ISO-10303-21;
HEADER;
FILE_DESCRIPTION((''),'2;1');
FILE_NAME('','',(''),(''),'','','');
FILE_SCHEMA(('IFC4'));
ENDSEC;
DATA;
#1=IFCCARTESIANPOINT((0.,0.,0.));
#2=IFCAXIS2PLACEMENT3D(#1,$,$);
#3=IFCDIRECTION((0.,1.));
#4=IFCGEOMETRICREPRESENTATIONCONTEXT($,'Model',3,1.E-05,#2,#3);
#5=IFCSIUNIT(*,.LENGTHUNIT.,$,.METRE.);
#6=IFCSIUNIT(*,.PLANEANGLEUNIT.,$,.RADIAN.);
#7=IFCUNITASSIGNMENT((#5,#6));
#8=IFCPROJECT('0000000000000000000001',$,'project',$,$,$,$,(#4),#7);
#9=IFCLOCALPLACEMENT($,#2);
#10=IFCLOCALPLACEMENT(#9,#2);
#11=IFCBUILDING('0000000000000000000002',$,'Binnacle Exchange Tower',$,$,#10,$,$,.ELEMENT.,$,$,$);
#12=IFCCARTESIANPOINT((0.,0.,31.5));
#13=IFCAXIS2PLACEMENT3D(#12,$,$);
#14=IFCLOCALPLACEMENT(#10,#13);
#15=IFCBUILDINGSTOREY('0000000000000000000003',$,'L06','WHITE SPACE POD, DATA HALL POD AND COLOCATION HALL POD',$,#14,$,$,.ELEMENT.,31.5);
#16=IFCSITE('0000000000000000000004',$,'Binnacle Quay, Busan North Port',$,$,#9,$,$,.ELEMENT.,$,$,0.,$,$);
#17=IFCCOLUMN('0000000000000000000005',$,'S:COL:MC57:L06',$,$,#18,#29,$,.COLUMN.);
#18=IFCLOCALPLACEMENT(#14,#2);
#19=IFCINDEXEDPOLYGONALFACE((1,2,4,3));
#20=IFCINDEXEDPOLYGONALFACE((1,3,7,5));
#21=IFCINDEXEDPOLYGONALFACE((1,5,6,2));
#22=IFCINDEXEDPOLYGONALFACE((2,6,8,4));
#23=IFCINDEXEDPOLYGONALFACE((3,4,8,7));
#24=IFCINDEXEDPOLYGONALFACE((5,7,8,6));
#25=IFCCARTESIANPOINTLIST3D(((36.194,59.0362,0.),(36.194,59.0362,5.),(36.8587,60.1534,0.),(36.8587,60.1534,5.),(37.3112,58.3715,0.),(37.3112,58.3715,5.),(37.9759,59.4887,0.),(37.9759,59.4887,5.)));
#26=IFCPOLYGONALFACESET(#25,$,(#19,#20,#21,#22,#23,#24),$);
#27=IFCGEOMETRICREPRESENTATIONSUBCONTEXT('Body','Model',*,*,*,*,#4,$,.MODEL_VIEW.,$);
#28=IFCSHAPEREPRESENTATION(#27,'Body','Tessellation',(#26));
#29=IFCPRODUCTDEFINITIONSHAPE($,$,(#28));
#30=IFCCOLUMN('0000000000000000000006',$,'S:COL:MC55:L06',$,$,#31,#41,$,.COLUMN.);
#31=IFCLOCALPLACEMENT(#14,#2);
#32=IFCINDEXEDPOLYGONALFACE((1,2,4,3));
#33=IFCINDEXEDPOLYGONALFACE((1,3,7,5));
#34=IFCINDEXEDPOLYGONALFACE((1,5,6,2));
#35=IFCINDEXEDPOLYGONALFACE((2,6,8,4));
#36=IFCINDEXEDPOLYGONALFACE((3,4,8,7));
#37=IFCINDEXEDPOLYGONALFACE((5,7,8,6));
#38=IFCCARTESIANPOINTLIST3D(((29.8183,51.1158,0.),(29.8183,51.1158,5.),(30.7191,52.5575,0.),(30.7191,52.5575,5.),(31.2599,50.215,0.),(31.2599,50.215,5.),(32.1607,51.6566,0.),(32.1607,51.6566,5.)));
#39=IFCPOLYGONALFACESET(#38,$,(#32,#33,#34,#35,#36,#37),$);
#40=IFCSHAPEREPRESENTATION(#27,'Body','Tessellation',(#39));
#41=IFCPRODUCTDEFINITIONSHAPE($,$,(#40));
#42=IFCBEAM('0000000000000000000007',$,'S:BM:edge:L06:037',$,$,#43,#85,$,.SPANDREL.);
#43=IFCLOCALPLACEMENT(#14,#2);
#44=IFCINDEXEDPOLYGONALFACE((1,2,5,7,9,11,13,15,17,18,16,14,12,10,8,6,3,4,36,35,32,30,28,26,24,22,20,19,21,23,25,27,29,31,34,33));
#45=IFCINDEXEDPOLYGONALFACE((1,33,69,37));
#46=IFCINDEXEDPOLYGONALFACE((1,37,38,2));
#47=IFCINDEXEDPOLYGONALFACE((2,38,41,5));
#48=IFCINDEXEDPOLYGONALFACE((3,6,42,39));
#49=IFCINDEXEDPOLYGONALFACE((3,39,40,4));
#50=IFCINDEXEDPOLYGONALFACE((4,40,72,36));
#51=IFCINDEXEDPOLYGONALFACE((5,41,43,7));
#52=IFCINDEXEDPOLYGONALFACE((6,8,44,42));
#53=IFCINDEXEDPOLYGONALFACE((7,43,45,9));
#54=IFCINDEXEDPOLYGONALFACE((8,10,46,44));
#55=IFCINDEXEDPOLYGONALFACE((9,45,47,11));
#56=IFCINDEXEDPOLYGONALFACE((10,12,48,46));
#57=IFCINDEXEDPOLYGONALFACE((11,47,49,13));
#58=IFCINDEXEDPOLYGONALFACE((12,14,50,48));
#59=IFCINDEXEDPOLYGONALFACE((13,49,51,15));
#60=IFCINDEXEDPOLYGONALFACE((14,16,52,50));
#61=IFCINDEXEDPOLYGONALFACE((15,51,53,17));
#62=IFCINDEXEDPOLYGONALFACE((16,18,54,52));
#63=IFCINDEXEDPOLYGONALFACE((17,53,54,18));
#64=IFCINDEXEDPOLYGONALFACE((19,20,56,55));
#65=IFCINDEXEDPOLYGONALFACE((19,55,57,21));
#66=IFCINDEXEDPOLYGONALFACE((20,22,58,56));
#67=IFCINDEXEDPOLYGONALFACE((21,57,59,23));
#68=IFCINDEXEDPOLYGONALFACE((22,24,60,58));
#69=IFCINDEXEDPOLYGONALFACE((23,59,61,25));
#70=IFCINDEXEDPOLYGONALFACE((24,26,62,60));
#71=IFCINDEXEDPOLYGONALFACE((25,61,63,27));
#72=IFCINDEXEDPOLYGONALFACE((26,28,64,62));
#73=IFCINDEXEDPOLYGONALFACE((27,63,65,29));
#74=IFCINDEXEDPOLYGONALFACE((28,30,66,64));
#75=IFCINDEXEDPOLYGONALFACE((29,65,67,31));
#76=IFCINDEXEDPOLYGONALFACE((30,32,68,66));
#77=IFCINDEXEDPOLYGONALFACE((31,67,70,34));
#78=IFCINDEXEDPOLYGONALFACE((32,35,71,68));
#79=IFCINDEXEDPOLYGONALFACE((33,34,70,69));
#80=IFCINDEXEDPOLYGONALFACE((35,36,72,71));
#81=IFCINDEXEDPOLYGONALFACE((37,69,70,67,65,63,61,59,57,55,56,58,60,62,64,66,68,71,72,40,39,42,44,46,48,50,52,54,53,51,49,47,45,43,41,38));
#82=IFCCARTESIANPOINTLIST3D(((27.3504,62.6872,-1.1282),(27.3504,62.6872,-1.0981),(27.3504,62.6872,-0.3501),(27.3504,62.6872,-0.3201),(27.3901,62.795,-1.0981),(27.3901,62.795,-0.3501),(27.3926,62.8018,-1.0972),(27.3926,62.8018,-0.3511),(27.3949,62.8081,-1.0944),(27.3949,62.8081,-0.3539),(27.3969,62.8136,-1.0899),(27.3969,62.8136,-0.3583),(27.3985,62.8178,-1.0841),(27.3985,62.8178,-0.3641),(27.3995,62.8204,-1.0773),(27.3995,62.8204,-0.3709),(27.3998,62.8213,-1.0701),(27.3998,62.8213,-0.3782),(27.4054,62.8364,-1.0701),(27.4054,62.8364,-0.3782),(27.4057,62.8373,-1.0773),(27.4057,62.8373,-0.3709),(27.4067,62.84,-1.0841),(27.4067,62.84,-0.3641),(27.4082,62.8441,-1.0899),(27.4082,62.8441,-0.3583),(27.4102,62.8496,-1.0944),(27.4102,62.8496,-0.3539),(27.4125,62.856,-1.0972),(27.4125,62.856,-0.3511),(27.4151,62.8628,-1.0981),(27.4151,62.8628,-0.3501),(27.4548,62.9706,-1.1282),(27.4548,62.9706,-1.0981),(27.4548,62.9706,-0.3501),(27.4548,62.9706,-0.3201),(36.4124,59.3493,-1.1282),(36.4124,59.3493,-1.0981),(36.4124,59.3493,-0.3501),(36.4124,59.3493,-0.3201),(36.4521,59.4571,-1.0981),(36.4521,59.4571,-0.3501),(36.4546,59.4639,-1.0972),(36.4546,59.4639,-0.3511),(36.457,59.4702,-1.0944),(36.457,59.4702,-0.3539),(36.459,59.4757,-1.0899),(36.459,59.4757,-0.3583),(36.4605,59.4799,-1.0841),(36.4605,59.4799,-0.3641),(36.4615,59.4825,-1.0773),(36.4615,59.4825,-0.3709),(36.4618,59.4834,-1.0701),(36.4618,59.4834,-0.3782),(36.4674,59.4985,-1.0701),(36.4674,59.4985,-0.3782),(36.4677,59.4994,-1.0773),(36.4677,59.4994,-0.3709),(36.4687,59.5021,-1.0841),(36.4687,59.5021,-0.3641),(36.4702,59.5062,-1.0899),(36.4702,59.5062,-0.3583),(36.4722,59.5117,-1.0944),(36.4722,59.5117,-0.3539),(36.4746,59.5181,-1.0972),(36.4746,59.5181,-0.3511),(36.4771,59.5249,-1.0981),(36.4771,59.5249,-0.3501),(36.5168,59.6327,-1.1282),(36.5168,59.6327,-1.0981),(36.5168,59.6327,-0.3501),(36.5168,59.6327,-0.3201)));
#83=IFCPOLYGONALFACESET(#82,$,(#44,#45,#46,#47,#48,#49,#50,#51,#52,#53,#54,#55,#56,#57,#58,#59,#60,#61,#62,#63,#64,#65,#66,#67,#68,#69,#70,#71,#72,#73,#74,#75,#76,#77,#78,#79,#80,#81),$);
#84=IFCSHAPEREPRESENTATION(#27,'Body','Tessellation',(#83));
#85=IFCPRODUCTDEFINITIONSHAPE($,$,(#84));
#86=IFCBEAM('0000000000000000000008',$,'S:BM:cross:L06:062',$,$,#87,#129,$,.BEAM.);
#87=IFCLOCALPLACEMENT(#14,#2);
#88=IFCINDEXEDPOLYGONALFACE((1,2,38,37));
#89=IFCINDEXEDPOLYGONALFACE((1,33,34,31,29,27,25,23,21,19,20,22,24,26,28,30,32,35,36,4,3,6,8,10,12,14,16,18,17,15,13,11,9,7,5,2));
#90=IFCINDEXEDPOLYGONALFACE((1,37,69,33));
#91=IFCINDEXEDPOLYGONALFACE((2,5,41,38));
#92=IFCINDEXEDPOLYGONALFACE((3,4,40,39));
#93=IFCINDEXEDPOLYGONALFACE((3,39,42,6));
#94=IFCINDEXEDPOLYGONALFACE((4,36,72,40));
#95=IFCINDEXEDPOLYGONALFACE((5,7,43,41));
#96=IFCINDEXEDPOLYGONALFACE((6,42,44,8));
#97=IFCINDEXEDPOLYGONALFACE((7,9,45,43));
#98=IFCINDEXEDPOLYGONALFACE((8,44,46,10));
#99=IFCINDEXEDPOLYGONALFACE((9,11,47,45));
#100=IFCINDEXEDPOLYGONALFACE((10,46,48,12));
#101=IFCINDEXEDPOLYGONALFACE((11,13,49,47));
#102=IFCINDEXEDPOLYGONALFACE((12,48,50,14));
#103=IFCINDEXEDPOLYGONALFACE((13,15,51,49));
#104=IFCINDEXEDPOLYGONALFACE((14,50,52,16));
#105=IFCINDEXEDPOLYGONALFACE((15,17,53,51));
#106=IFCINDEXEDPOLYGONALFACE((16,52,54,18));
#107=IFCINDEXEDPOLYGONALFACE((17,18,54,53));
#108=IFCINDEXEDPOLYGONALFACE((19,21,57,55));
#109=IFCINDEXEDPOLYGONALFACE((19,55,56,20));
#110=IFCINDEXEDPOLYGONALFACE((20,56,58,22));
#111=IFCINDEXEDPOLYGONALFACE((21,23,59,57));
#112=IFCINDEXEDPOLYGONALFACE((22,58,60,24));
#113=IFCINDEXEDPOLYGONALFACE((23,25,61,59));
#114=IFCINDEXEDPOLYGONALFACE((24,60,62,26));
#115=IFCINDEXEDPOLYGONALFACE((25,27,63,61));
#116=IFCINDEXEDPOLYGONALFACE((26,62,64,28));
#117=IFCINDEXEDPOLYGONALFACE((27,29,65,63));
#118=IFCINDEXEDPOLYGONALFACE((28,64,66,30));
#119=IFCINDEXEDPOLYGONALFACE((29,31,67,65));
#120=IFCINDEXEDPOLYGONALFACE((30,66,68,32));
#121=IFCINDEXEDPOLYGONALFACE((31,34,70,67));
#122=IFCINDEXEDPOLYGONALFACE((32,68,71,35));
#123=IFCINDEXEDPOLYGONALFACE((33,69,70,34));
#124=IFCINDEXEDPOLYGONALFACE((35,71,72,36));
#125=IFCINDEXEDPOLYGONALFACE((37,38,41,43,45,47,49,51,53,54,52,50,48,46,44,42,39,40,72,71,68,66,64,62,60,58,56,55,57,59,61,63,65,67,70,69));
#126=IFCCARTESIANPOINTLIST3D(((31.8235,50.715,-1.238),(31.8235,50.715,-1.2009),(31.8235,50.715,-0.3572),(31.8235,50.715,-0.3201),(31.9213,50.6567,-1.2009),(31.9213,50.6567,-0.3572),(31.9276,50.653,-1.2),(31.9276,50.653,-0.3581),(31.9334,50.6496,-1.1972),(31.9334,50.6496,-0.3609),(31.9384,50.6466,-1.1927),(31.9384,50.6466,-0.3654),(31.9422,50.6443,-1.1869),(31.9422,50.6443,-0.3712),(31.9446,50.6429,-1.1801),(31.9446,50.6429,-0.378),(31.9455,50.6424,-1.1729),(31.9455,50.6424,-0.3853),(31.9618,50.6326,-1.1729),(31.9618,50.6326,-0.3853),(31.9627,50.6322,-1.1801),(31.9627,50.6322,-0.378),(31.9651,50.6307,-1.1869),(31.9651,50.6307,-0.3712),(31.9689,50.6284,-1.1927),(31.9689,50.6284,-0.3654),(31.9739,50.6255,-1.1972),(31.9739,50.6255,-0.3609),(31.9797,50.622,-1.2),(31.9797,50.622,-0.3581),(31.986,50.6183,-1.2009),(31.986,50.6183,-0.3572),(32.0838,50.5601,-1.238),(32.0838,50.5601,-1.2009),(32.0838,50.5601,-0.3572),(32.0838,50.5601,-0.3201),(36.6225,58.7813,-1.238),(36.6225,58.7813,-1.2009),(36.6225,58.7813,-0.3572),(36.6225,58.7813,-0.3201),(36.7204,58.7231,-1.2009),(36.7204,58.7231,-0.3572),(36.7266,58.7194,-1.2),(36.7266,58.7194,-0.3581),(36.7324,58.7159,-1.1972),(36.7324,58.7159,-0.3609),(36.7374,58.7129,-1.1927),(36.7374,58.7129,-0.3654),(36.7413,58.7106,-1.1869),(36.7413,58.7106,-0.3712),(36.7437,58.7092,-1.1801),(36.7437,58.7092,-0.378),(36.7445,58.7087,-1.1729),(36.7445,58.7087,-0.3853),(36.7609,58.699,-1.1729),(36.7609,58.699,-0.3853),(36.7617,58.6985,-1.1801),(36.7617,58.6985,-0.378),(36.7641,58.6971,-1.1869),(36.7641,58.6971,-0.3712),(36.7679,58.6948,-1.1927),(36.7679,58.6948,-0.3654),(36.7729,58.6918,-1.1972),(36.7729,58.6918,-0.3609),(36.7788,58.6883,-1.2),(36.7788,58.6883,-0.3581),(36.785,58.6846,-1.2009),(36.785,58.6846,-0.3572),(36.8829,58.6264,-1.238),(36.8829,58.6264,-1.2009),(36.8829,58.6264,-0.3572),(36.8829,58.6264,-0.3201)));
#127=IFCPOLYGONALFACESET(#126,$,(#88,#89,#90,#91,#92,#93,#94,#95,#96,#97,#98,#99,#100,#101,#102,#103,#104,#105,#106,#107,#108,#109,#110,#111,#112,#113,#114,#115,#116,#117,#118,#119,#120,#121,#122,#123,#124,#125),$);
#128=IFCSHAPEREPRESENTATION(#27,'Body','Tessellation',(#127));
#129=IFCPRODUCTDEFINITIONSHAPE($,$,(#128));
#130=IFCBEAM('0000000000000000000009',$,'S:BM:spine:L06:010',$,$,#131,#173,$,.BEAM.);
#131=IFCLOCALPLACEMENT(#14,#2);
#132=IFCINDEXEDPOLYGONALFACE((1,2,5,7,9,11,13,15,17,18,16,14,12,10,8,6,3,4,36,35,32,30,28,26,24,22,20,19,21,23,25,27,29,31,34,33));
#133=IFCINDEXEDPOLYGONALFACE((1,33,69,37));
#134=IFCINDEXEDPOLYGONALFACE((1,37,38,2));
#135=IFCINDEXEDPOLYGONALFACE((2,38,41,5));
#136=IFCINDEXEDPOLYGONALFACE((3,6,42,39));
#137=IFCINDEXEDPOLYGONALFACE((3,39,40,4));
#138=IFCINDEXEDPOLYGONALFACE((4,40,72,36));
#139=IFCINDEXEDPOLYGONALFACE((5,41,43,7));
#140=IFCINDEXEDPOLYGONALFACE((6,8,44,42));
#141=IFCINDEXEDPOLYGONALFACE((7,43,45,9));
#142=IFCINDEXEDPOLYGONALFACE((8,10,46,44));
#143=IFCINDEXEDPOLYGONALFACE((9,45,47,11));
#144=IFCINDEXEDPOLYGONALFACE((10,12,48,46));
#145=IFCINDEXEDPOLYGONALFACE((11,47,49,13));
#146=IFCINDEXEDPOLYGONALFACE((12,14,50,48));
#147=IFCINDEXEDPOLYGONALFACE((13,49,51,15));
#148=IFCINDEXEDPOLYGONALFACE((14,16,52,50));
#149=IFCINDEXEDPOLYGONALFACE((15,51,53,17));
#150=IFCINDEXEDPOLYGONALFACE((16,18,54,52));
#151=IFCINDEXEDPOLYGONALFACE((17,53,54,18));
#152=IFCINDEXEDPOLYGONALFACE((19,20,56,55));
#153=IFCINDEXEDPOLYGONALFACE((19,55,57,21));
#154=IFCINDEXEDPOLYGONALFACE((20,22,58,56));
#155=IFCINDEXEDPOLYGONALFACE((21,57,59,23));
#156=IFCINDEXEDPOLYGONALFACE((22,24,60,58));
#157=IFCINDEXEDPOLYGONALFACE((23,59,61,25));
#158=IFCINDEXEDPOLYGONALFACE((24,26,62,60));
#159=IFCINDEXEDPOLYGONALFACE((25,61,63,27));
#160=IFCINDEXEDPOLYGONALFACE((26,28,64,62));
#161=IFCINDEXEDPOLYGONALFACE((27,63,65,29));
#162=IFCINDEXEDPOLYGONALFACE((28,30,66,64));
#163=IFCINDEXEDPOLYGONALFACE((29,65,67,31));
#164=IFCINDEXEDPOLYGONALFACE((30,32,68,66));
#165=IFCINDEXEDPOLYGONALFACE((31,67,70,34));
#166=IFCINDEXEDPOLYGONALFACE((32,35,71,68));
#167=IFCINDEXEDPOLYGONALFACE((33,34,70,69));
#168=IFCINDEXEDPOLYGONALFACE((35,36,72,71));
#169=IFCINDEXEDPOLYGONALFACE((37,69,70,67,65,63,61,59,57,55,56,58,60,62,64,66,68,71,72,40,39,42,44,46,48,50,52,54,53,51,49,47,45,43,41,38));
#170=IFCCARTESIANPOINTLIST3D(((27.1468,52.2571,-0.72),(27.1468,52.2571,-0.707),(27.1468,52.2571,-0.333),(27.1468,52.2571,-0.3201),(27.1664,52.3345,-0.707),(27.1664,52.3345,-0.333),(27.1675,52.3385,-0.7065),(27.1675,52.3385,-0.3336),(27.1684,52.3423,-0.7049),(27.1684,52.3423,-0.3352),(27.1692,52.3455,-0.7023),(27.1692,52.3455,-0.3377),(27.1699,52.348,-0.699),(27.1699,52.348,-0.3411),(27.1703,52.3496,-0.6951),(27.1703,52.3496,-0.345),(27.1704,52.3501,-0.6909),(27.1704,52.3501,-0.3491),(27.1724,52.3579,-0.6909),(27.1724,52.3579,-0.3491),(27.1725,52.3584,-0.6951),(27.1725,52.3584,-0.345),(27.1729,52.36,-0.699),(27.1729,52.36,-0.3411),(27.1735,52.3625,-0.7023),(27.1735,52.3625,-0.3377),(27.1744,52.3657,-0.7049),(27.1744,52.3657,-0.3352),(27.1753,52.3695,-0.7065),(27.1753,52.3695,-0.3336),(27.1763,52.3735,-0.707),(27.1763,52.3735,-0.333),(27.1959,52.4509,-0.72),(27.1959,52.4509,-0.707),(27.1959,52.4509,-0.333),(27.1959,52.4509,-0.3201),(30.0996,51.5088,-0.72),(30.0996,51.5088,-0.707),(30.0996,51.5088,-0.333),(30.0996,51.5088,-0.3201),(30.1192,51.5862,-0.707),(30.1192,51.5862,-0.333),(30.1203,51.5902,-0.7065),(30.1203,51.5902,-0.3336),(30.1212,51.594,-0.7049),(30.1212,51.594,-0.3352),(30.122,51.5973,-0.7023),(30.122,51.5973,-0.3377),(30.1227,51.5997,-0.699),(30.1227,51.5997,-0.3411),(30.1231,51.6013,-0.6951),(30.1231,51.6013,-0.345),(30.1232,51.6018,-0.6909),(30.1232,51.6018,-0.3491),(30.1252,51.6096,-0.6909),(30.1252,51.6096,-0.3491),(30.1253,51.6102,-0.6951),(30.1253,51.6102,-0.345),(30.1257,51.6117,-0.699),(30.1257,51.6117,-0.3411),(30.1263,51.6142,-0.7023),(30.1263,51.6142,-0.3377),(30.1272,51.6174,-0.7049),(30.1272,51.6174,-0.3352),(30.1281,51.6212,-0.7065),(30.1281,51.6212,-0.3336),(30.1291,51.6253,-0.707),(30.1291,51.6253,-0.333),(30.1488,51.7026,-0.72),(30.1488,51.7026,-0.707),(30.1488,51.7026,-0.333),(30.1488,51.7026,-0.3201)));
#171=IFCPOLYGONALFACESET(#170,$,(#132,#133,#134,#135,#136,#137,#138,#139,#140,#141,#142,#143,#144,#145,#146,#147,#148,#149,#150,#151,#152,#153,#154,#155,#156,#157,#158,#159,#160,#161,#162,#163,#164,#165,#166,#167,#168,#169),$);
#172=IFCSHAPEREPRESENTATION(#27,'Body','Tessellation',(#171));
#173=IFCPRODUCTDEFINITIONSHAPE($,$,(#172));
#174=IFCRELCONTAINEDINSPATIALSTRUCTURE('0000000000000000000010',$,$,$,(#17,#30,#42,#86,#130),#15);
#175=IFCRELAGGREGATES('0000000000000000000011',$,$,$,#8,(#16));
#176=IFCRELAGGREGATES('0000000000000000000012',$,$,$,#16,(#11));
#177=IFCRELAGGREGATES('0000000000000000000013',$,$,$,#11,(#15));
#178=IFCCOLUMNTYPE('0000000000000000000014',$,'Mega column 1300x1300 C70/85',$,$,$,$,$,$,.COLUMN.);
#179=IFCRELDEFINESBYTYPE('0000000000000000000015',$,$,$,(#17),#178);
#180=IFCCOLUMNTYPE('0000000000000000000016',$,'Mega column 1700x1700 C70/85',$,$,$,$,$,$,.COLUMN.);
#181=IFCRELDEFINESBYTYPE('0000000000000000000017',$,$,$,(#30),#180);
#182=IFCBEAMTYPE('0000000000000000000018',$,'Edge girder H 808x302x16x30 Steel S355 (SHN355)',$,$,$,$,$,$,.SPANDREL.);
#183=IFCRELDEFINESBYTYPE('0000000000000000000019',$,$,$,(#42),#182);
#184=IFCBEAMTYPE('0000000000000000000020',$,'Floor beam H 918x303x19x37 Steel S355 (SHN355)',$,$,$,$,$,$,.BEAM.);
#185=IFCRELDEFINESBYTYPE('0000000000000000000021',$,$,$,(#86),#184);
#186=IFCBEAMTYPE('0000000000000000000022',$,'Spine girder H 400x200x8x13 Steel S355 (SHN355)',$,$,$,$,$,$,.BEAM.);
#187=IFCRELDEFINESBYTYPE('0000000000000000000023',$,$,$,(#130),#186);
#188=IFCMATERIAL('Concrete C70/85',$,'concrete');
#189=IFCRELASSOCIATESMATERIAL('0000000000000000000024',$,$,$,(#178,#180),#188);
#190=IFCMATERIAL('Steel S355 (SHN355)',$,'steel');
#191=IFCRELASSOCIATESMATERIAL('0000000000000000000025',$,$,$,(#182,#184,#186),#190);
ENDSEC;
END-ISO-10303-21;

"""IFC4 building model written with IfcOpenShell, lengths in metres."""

from ifc_helpers import new_model, si_unit, direction, frame, origin, origin_2d, place, context, subcontext, project, spatial, rectangle, i_section, extrude, material, material_profile, profile_set, type_object, element, save


model = new_model("IFC4")

# Units and contexts
model_context = context("Model", 3, precision=1e-05, world=origin(), true_north=direction((0.0, 1.0)))
body_context = subcontext(model_context, "Body", "Model", "MODEL_VIEW")
ifc_project = project(units=[si_unit("LENGTHUNIT", "METRE"), si_unit("PLANEANGLEUNIT", "RADIAN")], contexts=[model_context])

# Site, building, storey
site_placement = place(None, origin())
site = spatial("IfcSite", under=ifc_project, at=site_placement, Name="Binnacle Quay, Busan North Port", CompositionType="ELEMENT", RefElevation=0.0)
building_placement = place(site_placement, origin())
building = spatial("IfcBuilding", under=site, at=building_placement, Name="Binnacle Exchange Tower", CompositionType="ELEMENT")
storey_placement = place(building_placement, frame((0.0, 0.0, 31.5)))
storey = spatial("IfcBuildingStorey", under=building, at=storey_placement, Name="L06", Description="WHITE SPACE POD, DATA HALL POD AND COLOCATION HALL POD", CompositionType="ELEMENT", Elevation=31.5)

# Columns
ifc_material_1 = material(Name="Concrete C70/85", Category="concrete")
ifc_material_profile_1 = material_profile(ifc_material_1, rectangle(XDim=1.3, YDim=1.3, at=origin_2d()), Name="Mega column 1300x1300 C70/85")
ifc_profile_set_1 = profile_set([ifc_material_profile_1], Name="Concrete C70/85")
column_type_1 = type_object("IfcColumnType", Name="Mega column 1300x1300 C70/85", PredefinedType="COLUMN", material=ifc_profile_set_1)
column_1_placement = place(storey_placement, frame((37.085, 59.2625, 0.0), z_axis=(0.0, 0.0, 1.0), x_axis=(-0.859406, 0.511293, 0.0)))
element("IfcColumn", 1, at=column_1_placement, inside=storey, type_object=column_type_1, Name="S:COL:MC57:L06", PredefinedType="COLUMN", context=body_context, shape_type="SweptSolid", body=[
    extrude(rectangle(XDim=1.3, YDim=1.3, at=origin_2d()), origin(), (0.0, 0.0, 1.0), 5.0),
])
ifc_material_profile_2 = material_profile(ifc_material_1, rectangle(XDim=1.7, YDim=1.7, at=origin_2d()), Name="Mega column 1700x1700 C70/85")
ifc_profile_set_2 = profile_set([ifc_material_profile_2], Name="Concrete C70/85")
column_type_2 = type_object("IfcColumnType", Name="Mega column 1700x1700 C70/85", PredefinedType="COLUMN", material=ifc_profile_set_2)
column_2_placement = place(storey_placement, frame((30.9895, 51.3862, 0.0), z_axis=(0.0, 0.0, 1.0), x_axis=(0.529919, 0.848048, 0.0)))
element("IfcColumn", 2, at=column_2_placement, inside=storey, type_object=column_type_2, Name="S:COL:MC55:L06", PredefinedType="COLUMN", context=body_context, shape_type="SweptSolid", body=[
    extrude(rectangle(XDim=1.7, YDim=1.7, at=origin_2d()), origin(), (0.0, 0.0, 1.0), 5.0),
])

# Beams
ifc_material_2 = material(Name="Steel S355 (SHN355)", Category="steel")
ifc_material_profile_3 = material_profile(ifc_material_2, i_section(OverallWidth=0.302, OverallDepth=0.8081, WebThickness=0.0161, FlangeThickness=0.03, FilletRadius=0.0281, at=origin_2d()), Name="H 808x302x16x30")
ifc_profile_set_3 = profile_set([ifc_material_profile_3], Name="Steel S355 (SHN355)")
beam_type_1 = type_object("IfcBeamType", Name="Edge girder H 808x302x16x30 Steel S355 (SHN355)", PredefinedType="SPANDREL", material=ifc_profile_set_3)
beam_1_placement = place(storey_placement, frame((36.4646, 59.491, -0.7241), z_axis=(-0.938368, 0.345637, 0.0), x_axis=(-0.345637, -0.938368, 0.0)))
element("IfcBeam", 3, at=beam_1_placement, inside=storey, type_object=beam_type_1, Name="S:BM:edge:L06:037", PredefinedType="SPANDREL", context=body_context, shape_type="SweptSolid", body=[
    extrude(i_section(OverallWidth=0.302, OverallDepth=0.8081, WebThickness=0.0161, FlangeThickness=0.03, FilletRadius=0.0281, at=origin_2d()), origin(), (0.0, 0.0, 1.0), 9.6572),
])
ifc_material_profile_4 = material_profile(ifc_material_2, i_section(OverallWidth=0.303, OverallDepth=0.918, WebThickness=0.019, FlangeThickness=0.0371, FilletRadius=0.0281, at=origin_2d()), Name="H 918x303x19x37")
ifc_profile_set_4 = profile_set([ifc_material_profile_4], Name="Steel S355 (SHN355)")
beam_type_2 = type_object("IfcBeamType", Name="Floor beam H 918x303x19x37 Steel S355 (SHN355)", PredefinedType="BEAM", material=ifc_profile_set_4)
beam_2_placement = place(storey_placement, frame((36.7527, 58.7039, -0.7791), z_axis=(-0.511298, -0.859403, 0.0), x_axis=(0.859403, -0.511298, 0.0)))
element("IfcBeam", 4, at=beam_2_placement, inside=storey, type_object=beam_type_2, Name="S:BM:cross:L06:062", PredefinedType="BEAM", context=body_context, shape_type="SweptSolid", body=[
    extrude(i_section(OverallWidth=0.303, OverallDepth=0.918, WebThickness=0.019, FlangeThickness=0.0371, FilletRadius=0.0281, at=origin_2d()), origin(), (0.0, 0.0, 1.0), 9.386),
])
ifc_material_profile_5 = material_profile(ifc_material_2, i_section(OverallWidth=0.2, OverallDepth=0.3999, WebThickness=0.0081, FlangeThickness=0.0129, FilletRadius=0.0161, at=origin_2d()), Name="H 400x200x8x13")
ifc_profile_set_5 = profile_set([ifc_material_profile_5], Name="Steel S355 (SHN355)")
beam_type_3 = type_object("IfcBeamType", Name="Spine girder H 400x200x8x13 Steel S355 (SHN355)", PredefinedType="BEAM", material=ifc_profile_set_5)
beam_3_placement = place(storey_placement, frame((27.1714, 52.354, -0.52), z_axis=(0.96936, -0.245646, 0.0), x_axis=(0.245646, 0.96936, 0.0)))
element("IfcBeam", 5, at=beam_3_placement, inside=storey, type_object=beam_type_3, Name="S:BM:spine:L06:010", PredefinedType="BEAM", context=body_context, shape_type="SweptSolid", body=[
    extrude(i_section(OverallWidth=0.2, OverallDepth=0.3999, WebThickness=0.0081, FlangeThickness=0.0129, FilletRadius=0.0161, at=origin_2d()), origin(), (0.0, 0.0, 1.0), 3.0461),
])

save(model, "model.ifc")
